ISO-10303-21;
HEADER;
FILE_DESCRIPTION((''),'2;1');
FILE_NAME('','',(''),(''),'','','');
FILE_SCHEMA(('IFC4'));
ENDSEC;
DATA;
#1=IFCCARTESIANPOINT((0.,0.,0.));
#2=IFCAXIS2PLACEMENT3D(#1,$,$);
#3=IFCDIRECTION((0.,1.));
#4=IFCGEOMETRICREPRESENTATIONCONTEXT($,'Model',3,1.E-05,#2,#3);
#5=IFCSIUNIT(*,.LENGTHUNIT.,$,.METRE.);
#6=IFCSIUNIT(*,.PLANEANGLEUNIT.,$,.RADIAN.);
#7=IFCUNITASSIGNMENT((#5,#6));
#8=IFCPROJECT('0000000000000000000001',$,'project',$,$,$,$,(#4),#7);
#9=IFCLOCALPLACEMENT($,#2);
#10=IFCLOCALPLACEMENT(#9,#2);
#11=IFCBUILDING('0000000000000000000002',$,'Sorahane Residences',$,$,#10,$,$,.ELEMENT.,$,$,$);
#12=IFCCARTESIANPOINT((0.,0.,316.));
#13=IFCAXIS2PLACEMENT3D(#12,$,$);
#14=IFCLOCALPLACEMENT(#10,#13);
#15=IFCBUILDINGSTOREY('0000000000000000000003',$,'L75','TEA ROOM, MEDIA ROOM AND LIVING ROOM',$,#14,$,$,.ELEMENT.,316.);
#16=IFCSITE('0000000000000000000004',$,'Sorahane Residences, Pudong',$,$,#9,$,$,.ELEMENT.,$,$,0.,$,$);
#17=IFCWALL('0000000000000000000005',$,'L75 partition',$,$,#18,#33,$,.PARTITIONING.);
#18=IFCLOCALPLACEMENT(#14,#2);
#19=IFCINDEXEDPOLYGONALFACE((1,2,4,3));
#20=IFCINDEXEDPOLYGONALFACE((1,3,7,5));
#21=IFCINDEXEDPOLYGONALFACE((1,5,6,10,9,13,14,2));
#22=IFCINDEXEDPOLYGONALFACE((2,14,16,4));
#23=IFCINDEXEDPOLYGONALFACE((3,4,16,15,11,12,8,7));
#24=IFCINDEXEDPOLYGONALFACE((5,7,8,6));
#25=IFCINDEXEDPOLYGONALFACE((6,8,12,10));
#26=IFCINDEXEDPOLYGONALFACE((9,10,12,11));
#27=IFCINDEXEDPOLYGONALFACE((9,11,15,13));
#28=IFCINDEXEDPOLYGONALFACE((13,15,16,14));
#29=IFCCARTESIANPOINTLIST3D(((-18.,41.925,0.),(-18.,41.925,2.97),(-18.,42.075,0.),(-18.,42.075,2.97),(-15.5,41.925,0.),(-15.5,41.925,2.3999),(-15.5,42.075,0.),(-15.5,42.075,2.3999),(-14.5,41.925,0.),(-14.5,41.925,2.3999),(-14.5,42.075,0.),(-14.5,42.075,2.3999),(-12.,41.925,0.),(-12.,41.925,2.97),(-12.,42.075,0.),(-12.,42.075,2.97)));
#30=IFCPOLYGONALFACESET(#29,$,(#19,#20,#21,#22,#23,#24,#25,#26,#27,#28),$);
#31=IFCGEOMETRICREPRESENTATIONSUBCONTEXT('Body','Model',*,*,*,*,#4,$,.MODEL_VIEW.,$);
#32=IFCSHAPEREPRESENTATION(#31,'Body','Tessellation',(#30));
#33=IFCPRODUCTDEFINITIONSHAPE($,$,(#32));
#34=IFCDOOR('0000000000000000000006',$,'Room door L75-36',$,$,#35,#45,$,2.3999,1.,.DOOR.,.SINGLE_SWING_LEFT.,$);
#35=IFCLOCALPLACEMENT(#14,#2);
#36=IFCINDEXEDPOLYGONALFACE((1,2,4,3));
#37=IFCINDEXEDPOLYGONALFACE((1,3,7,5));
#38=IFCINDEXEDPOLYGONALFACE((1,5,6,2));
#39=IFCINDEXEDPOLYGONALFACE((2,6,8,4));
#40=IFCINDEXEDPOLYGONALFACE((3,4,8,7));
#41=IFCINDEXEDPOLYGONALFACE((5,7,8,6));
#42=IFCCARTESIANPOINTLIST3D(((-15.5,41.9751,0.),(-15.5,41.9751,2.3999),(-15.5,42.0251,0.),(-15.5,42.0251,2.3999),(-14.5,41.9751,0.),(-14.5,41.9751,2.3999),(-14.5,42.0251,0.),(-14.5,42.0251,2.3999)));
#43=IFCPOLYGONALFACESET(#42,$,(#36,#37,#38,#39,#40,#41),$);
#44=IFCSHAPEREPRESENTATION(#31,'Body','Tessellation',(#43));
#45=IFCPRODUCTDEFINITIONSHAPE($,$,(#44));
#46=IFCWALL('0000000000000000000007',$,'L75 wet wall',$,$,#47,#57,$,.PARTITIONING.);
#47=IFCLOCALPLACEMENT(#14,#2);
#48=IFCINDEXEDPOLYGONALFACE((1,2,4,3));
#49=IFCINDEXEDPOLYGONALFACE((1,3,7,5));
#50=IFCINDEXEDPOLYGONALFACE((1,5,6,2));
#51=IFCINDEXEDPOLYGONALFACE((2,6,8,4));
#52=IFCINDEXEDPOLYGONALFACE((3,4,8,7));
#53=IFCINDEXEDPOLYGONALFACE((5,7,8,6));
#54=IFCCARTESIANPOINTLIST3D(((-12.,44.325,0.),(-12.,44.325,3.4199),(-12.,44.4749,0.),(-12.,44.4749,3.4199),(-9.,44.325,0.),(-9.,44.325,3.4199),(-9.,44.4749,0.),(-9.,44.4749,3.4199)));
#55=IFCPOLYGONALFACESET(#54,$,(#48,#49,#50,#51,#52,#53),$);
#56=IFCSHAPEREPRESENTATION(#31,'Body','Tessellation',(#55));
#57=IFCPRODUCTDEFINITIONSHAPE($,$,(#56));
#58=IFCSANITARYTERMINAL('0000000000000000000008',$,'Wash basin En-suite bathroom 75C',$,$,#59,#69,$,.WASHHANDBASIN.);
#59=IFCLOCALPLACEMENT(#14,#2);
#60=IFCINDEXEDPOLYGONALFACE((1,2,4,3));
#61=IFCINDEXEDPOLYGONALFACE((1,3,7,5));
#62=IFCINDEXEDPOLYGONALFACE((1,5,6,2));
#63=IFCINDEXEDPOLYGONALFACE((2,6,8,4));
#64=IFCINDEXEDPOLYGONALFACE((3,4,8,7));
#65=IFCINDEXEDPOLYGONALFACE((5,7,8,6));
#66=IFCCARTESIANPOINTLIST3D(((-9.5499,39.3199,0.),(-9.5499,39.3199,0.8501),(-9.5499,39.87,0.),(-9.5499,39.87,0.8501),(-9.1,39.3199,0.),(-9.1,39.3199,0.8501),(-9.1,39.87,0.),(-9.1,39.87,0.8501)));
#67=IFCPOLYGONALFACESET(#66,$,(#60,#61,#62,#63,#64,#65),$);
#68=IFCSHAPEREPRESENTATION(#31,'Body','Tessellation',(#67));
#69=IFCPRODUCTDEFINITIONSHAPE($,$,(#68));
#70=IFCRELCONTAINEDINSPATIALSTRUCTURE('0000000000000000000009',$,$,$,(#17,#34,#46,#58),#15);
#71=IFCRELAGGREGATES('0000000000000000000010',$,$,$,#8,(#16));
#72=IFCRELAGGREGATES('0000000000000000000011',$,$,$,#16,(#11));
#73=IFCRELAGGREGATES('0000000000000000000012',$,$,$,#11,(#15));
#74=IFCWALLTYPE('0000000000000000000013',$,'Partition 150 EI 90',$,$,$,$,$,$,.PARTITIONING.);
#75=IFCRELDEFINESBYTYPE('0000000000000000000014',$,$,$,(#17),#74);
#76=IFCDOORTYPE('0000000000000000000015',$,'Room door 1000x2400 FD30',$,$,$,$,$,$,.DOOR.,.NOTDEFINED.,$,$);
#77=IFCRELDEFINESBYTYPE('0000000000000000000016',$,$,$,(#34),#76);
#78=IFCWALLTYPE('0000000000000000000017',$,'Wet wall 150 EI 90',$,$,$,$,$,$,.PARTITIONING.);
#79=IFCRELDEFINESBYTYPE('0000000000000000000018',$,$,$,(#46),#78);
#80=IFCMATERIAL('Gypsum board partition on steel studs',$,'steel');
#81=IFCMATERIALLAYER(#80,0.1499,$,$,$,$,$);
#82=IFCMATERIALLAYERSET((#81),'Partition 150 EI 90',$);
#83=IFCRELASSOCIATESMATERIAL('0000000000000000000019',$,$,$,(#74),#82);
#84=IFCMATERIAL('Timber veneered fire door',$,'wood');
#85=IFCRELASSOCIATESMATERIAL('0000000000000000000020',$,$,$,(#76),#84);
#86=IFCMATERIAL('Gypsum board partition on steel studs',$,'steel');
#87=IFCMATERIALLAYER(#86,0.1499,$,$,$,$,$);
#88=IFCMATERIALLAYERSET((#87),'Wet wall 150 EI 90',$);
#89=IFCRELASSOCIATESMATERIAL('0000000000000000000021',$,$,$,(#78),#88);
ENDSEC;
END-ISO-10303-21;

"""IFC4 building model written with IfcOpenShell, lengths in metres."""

from ifc_helpers import new_model, si_unit, direction, frame, frame_2d, origin, origin_2d, place, context, subcontext, project, spatial, rectangle, extrude, material, layer, layer_set, type_object, element, fill, save


model = new_model("IFC4")

# Units and contexts
model_context = context("Model", 3, precision=1e-05, world=origin(), true_north=direction((0.0, 1.0)))
body_context = subcontext(model_context, "Body", "Model", "MODEL_VIEW")
ifc_project = project(units=[si_unit("LENGTHUNIT", "METRE"), si_unit("PLANEANGLEUNIT", "RADIAN")], contexts=[model_context])

# Site, building, storey
site_placement = place(None, origin())
site = spatial("IfcSite", under=ifc_project, at=site_placement, Name="Sorahane Residences, Pudong", CompositionType="ELEMENT", RefElevation=0.0)
building_placement = place(site_placement, origin())
building = spatial("IfcBuilding", under=site, at=building_placement, Name="Sorahane Residences", CompositionType="ELEMENT")
storey_placement = place(building_placement, frame((0.0, 0.0, 316.0)))
storey = spatial("IfcBuildingStorey", under=building, at=storey_placement, Name="L75", Description="TEA ROOM, MEDIA ROOM AND LIVING ROOM", CompositionType="ELEMENT", Elevation=316.0)

# Wall, opening, door
ifc_material_1 = material(Name="Gypsum board partition on steel studs", Category="steel")
ifc_layer_1 = layer(ifc_material_1, 0.1499)
ifc_layer_set_1 = layer_set([ifc_layer_1], Name="Partition 150 EI 90")
wall_type_1 = type_object("IfcWallType", Name="Partition 150 EI 90", PredefinedType="PARTITIONING", material=ifc_layer_set_1)
ifc_material_2 = material(Name="Timber veneered fire door", Category="wood")
door_type_1 = type_object("IfcDoorType", Name="Room door 1000x2400 FD30", OperationType="NOTDEFINED", PredefinedType="DOOR", material=ifc_material_2)
wall_1_placement = place(storey_placement, frame((-18.0, 42.0, 0.0), z_axis=(0.0, 0.0, 1.0), x_axis=(1.0, 0.0, 0.0)))
wall_1 = element("IfcWall", 1, at=wall_1_placement, inside=storey, type_object=wall_type_1, Name="L75 partition", PredefinedType="PARTITIONING", context=body_context, shape_type="SweptSolid", body=[
    extrude(rectangle(XDim=6.0, YDim=0.1499, at=frame_2d((3.0, 0.0))), origin(), (0.0, 0.0, 1.0), 2.97),
])
opening_1_placement = place(wall_1_placement, frame((2.5, 0.0, 0.0)))
opening_1 = element("IfcOpeningElement", 2, at=opening_1_placement, cuts=wall_1, PredefinedType="OPENING", context=body_context, shape_type="SweptSolid", body=[
    extrude(rectangle(XDim=1.0, YDim=2.3999, at=frame_2d((0.5, 1.2))), frame((0.0, 0.085, 0.0), z_axis=(0.0, -1.0, 0.0), x_axis=(1.0, 0.0, 0.0)), (0.0, 0.0, 1.0), 0.1699),
])
door_1_placement = place(opening_1_placement, frame((1.0, 0.0, 0.0), z_axis=(0.0, 0.0, 1.0), x_axis=(-1.0, 0.0, 0.0)))
door_1 = element("IfcDoor", 3, at=door_1_placement, inside=storey, type_object=door_type_1, Name="Room door L75-36", OperationType="SINGLE_SWING_LEFT", OverallHeight=2.3999, OverallWidth=1.0, PredefinedType="DOOR", context=body_context, shape_type="SweptSolid", body=[
    extrude(rectangle(XDim=1.0, YDim=2.3999, at=frame_2d((0.5, 1.2))), frame((0.0, 0.0249, 0.0), z_axis=(0.0, -1.0, 0.0), x_axis=(1.0, 0.0, 0.0)), (0.0, 0.0, 1.0), 0.05),
])
fill(opening_1, door_1)
ifc_material_3 = material(Name="Gypsum board partition on steel studs", Category="steel")
ifc_layer_2 = layer(ifc_material_3, 0.1499)
ifc_layer_set_2 = layer_set([ifc_layer_2], Name="Wet wall 150 EI 90")
wall_type_2 = type_object("IfcWallType", Name="Wet wall 150 EI 90", PredefinedType="PARTITIONING", material=ifc_layer_set_2)

# Wall
wall_2_placement = place(storey_placement, frame((-12.0, 44.3999, 0.0), z_axis=(0.0, 0.0, 1.0), x_axis=(1.0, 0.0, 0.0)))
element("IfcWall", 4, at=wall_2_placement, inside=storey, type_object=wall_type_2, Name="L75 wet wall", PredefinedType="PARTITIONING", context=body_context, shape_type="SweptSolid", body=[
    extrude(rectangle(XDim=3.0, YDim=0.1499, at=frame_2d((1.5, 0.0))), origin(), (0.0, 0.0, 1.0), 3.4199),
])

# Sanitary terminal
sanitary_terminal_placement = place(storey_placement, frame((-9.325, 39.595, 0.0), z_axis=(0.0, 0.0, 1.0), x_axis=(0.0, -1.0, 0.0)))
element("IfcSanitaryTerminal", 5, at=sanitary_terminal_placement, inside=storey, Name="Wash basin En-suite bathroom 75C", PredefinedType="WASHHANDBASIN", context=body_context, shape_type="SweptSolid", body=[
    extrude(rectangle(XDim=0.55, YDim=0.45, at=origin_2d()), origin(), (0.0, 0.0, 1.0), 0.8501),
])

save(model, "model.ifc")
